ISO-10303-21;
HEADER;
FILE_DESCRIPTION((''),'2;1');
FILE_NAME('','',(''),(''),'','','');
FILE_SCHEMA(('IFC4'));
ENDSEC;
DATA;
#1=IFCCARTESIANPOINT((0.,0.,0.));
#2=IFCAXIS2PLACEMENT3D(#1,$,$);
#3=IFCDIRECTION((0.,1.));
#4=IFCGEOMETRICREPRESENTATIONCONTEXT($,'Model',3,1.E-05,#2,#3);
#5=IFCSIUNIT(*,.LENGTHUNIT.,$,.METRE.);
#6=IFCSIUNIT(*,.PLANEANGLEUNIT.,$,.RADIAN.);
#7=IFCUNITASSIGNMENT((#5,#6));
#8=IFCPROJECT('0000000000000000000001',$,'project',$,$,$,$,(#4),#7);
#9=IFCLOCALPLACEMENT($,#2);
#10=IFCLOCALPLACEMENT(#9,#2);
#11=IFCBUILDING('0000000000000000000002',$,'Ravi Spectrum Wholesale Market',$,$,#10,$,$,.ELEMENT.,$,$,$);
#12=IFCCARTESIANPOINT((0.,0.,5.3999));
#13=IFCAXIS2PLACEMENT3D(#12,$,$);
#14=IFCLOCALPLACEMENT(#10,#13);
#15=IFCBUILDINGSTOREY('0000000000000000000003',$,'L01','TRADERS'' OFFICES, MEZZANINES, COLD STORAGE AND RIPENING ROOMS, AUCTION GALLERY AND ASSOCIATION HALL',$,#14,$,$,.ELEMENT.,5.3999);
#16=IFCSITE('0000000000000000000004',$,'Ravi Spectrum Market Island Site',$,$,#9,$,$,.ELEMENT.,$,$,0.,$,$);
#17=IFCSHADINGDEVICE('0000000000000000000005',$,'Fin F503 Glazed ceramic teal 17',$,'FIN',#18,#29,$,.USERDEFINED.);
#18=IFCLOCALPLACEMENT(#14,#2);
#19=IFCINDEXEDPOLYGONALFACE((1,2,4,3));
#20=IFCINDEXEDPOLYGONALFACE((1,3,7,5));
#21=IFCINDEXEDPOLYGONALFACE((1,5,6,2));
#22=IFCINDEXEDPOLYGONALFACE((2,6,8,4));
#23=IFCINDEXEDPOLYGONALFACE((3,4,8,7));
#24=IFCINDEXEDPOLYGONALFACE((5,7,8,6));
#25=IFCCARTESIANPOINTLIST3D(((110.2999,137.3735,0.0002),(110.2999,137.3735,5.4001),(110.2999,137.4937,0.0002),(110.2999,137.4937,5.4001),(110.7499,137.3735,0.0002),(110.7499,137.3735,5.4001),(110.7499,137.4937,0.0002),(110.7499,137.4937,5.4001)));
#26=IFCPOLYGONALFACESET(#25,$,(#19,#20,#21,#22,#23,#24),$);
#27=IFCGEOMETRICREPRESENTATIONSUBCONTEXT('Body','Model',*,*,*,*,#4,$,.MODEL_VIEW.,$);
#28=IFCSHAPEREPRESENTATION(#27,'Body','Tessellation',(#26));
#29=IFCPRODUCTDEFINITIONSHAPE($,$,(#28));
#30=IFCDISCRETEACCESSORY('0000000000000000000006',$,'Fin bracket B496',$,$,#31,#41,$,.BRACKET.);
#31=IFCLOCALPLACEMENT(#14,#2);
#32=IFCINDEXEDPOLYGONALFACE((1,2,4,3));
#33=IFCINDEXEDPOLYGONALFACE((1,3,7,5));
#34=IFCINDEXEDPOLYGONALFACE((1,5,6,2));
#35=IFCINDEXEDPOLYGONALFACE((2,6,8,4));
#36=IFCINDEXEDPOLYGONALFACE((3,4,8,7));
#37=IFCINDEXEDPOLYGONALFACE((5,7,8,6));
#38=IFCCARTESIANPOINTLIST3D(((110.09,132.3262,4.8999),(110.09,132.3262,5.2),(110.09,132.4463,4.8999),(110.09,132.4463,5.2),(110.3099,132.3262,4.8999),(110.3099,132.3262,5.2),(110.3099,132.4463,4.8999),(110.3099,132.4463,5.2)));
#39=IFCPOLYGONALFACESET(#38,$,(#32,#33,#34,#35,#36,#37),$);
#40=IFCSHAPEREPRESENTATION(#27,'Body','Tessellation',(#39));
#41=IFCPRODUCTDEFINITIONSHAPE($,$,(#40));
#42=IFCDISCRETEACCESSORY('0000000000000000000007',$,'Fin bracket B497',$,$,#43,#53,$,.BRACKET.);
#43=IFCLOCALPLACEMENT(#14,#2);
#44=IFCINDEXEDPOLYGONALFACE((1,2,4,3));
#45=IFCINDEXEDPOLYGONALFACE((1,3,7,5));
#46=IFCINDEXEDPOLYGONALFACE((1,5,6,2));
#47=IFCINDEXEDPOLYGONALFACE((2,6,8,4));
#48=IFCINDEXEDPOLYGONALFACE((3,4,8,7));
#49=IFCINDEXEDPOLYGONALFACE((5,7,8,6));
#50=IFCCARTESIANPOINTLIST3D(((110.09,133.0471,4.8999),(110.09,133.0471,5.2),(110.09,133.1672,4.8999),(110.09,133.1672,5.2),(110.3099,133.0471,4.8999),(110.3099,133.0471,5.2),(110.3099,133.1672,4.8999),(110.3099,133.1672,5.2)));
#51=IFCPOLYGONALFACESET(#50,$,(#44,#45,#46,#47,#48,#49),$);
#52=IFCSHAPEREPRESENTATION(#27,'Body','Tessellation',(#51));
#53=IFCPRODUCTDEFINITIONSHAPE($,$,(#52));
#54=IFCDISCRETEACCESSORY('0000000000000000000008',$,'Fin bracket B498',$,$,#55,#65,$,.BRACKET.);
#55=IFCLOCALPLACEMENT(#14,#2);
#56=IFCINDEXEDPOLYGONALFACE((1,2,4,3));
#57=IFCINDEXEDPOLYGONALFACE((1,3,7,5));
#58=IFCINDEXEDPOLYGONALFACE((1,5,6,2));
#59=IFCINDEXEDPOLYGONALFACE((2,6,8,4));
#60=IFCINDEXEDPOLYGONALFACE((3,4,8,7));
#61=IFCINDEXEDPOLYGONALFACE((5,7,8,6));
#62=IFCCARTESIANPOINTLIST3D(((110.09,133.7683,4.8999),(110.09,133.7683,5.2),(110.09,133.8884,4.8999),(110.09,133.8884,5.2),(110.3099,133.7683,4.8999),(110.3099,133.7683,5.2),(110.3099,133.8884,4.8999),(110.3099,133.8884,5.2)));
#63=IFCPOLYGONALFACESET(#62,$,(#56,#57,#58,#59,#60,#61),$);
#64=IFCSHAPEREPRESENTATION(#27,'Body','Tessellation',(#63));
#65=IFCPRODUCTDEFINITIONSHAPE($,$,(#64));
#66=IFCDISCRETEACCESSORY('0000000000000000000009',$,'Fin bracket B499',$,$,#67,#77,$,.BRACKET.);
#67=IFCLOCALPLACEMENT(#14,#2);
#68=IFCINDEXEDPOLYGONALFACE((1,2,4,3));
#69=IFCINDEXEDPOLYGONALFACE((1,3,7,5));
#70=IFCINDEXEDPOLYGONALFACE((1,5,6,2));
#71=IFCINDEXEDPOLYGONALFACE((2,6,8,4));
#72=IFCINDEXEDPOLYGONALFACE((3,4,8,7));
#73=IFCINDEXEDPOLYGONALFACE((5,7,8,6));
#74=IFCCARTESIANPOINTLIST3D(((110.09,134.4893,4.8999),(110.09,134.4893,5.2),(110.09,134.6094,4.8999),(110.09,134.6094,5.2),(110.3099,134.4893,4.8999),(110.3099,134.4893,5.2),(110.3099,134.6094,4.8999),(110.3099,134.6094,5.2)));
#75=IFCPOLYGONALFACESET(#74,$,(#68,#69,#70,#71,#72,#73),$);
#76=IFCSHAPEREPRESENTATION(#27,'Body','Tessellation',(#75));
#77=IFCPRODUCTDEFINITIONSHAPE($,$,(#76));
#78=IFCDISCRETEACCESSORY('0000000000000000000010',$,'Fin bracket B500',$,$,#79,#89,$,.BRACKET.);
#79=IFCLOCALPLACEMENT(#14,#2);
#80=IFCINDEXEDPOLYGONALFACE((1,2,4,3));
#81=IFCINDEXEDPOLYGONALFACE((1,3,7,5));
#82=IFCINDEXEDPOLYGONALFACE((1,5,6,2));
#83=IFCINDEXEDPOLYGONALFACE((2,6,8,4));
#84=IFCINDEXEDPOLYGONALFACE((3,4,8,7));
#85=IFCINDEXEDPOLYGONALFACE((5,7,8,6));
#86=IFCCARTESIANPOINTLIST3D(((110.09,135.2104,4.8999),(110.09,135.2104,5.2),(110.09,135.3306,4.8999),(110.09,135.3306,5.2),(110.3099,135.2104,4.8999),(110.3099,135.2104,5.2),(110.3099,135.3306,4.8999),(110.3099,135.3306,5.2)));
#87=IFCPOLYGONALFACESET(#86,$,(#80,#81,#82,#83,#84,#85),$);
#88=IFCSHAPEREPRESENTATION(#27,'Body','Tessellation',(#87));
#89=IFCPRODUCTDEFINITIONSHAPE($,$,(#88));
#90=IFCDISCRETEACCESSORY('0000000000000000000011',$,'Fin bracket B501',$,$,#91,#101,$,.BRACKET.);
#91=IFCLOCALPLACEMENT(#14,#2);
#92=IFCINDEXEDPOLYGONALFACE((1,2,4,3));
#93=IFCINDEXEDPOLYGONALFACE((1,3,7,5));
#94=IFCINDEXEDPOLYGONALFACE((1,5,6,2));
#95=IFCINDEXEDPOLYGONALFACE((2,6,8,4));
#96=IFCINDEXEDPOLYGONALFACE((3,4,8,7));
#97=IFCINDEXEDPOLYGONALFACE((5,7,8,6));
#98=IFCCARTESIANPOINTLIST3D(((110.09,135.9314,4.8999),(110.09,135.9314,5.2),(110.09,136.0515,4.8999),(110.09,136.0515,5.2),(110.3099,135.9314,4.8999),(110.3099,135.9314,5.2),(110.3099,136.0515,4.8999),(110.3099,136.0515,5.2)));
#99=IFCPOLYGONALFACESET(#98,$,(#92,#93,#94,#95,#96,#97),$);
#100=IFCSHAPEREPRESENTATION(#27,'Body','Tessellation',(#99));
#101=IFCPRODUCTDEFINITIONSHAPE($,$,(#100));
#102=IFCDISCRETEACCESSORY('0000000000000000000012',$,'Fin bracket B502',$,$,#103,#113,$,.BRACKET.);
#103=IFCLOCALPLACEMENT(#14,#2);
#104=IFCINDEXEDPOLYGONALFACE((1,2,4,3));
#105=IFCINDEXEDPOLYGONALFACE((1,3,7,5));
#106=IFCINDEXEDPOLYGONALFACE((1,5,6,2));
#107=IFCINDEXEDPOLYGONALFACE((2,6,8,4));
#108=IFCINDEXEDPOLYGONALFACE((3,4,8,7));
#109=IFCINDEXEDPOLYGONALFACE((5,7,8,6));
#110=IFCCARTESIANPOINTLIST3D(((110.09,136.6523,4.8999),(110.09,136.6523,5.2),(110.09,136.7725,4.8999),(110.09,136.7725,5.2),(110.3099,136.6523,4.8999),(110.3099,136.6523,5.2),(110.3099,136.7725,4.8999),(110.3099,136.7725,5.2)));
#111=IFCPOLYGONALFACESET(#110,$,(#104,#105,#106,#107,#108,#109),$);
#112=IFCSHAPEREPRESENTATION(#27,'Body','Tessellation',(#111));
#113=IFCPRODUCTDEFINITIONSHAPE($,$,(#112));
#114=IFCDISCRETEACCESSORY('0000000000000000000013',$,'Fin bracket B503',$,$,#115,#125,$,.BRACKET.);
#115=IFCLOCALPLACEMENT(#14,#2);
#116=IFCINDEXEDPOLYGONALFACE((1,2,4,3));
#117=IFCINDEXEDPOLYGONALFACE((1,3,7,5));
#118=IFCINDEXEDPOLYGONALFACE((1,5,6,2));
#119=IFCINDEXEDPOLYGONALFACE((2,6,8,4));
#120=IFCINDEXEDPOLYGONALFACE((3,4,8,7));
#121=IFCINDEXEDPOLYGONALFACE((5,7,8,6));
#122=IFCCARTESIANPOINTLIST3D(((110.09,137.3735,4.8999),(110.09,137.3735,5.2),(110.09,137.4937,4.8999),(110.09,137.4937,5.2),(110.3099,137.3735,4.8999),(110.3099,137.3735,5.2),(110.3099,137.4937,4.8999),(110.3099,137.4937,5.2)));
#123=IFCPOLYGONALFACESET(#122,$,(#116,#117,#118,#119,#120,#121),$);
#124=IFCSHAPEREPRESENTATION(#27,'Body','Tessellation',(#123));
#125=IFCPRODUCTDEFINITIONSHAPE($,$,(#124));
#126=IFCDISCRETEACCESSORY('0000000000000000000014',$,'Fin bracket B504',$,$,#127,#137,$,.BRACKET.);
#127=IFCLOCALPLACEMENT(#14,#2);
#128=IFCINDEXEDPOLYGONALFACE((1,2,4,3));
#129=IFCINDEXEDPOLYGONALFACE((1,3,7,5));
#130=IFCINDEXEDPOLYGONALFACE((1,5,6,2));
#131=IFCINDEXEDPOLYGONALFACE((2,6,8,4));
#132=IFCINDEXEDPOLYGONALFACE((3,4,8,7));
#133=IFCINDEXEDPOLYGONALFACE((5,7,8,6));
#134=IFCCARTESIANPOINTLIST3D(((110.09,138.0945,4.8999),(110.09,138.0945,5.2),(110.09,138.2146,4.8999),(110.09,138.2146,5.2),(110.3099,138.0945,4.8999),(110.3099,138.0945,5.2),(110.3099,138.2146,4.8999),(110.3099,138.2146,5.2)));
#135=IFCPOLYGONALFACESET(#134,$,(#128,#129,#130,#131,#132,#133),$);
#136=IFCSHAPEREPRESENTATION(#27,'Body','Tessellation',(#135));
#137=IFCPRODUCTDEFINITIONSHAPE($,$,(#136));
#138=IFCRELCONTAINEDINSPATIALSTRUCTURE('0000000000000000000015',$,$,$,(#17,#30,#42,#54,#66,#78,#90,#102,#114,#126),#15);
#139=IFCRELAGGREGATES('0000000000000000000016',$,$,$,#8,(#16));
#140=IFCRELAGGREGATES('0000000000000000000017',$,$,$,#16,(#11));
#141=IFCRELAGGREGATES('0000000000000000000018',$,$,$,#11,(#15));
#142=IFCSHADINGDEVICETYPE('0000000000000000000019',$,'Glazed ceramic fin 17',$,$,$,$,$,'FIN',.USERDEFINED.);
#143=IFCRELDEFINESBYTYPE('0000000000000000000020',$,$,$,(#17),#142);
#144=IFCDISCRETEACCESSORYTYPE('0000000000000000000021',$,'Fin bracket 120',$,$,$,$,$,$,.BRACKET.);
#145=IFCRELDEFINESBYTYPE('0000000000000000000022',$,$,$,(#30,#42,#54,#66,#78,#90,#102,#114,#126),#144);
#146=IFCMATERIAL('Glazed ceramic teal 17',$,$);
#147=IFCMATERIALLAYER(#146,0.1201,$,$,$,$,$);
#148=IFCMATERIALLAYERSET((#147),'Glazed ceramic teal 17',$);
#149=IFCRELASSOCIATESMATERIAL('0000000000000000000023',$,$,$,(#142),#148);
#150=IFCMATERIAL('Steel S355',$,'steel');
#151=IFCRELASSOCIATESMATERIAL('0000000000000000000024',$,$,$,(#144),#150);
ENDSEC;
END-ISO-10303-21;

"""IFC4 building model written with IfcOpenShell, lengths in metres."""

from ifc_helpers import new_model, si_unit, direction, frame, origin, origin_2d, place, context, subcontext, project, spatial, rectangle, extrude, material, layer, layer_set, type_object, element, save


model = new_model("IFC4")

# Units and contexts
model_context = context("Model", 3, precision=1e-05, world=origin(), true_north=direction((0.0, 1.0)))
body_context = subcontext(model_context, "Body", "Model", "MODEL_VIEW")
ifc_project = project(units=[si_unit("LENGTHUNIT", "METRE"), si_unit("PLANEANGLEUNIT", "RADIAN")], contexts=[model_context])

# Site, building, storey
site_placement = place(None, origin())
site = spatial("IfcSite", under=ifc_project, at=site_placement, Name="Ravi Spectrum Market Island Site", CompositionType="ELEMENT", RefElevation=0.0)
building_placement = place(site_placement, origin())
building = spatial("IfcBuilding", under=site, at=building_placement, Name="Ravi Spectrum Wholesale Market", CompositionType="ELEMENT")
storey_placement = place(building_placement, frame((0.0, 0.0, 5.3999)))
storey = spatial("IfcBuildingStorey", under=building, at=storey_placement, Name="L01", Description="TRADERS' OFFICES, MEZZANINES, COLD STORAGE AND RIPENING ROOMS, AUCTION GALLERY AND ASSOCIATION HALL", CompositionType="ELEMENT", Elevation=5.3999)

# Shading device
ifc_material_1 = material(Name="Glazed ceramic teal 17")
ifc_layer_1 = layer(ifc_material_1, 0.1201)
ifc_layer_set_1 = layer_set([ifc_layer_1], Name="Glazed ceramic teal 17")
shading_device_type_1 = type_object("IfcShadingDeviceType", Name="Glazed ceramic fin 17", ElementType="FIN", PredefinedType="USERDEFINED", material=ifc_layer_set_1)
for number, where, z_axis, x_axis, name in (
    (1, (110.5249, 137.4336, 0.0002), (0.0, 0.0, 1.0), (0.0, 1.0, 0.0), "Fin F503 Glazed ceramic teal 17"),
):
    element("IfcShadingDevice", number, at=place(storey_placement, frame(where, z_axis=z_axis, x_axis=x_axis)), inside=storey, type_object=shading_device_type_1, Name=name, ObjectType="FIN", PredefinedType="USERDEFINED", context=body_context, shape_type="SweptSolid", body=[
        extrude(rectangle(XDim=0.1201, YDim=0.45, at=origin_2d()), origin(), (0.0, 0.0, 1.0), 5.3999),
    ])

# Discrete accessories
ifc_material_2 = material(Name="Steel S355", Category="steel")
discrete_accessory_type = type_object("IfcDiscreteAccessoryType", Name="Fin bracket 120", PredefinedType="BRACKET", material=ifc_material_2)
for number, where, z_axis, x_axis, name in (
    (2, (110.2, 132.3862, 4.8999), (0.0, 0.0, 1.0), (0.0, 1.0, 0.0), "Fin bracket B496"),
    (3, (110.2, 133.1072, 4.8999), (0.0, 0.0, 1.0), (0.0, 1.0, 0.0), "Fin bracket B497"),
    (4, (110.2, 133.8284, 4.8999), (0.0, 0.0, 1.0), (0.0, 1.0, 0.0), "Fin bracket B498"),
    (5, (110.2, 134.5493, 4.8999), (0.0, 0.0, 1.0), (0.0, 1.0, 0.0), "Fin bracket B499"),
    (6, (110.2, 135.2705, 4.8999), (0.0, 0.0, 1.0), (0.0, 1.0, 0.0), "Fin bracket B500"),
    (7, (110.2, 135.9915, 4.8999), (0.0, 0.0, 1.0), (0.0, 1.0, 0.0), "Fin bracket B501"),
    (8, (110.2, 136.7124, 4.8999), (0.0, 0.0, 1.0), (0.0, 1.0, 0.0), "Fin bracket B502"),
    (9, (110.2, 137.4336, 4.8999), (0.0, 0.0, 1.0), (0.0, 1.0, 0.0), "Fin bracket B503"),
    (10, (110.2, 138.1545, 4.8999), (0.0, 0.0, 1.0), (0.0, 1.0, 0.0), "Fin bracket B504"),
):
    element("IfcDiscreteAccessory", number, at=place(storey_placement, frame(where, z_axis=z_axis, x_axis=x_axis)), inside=storey, type_object=discrete_accessory_type, Name=name, PredefinedType="BRACKET", context=body_context, shape_type="SweptSolid", body=[
        extrude(rectangle(XDim=0.1201, YDim=0.22, at=origin_2d()), origin(), (0.0, 0.0, 1.0), 0.3),
    ])

save(model, "model.ifc")
